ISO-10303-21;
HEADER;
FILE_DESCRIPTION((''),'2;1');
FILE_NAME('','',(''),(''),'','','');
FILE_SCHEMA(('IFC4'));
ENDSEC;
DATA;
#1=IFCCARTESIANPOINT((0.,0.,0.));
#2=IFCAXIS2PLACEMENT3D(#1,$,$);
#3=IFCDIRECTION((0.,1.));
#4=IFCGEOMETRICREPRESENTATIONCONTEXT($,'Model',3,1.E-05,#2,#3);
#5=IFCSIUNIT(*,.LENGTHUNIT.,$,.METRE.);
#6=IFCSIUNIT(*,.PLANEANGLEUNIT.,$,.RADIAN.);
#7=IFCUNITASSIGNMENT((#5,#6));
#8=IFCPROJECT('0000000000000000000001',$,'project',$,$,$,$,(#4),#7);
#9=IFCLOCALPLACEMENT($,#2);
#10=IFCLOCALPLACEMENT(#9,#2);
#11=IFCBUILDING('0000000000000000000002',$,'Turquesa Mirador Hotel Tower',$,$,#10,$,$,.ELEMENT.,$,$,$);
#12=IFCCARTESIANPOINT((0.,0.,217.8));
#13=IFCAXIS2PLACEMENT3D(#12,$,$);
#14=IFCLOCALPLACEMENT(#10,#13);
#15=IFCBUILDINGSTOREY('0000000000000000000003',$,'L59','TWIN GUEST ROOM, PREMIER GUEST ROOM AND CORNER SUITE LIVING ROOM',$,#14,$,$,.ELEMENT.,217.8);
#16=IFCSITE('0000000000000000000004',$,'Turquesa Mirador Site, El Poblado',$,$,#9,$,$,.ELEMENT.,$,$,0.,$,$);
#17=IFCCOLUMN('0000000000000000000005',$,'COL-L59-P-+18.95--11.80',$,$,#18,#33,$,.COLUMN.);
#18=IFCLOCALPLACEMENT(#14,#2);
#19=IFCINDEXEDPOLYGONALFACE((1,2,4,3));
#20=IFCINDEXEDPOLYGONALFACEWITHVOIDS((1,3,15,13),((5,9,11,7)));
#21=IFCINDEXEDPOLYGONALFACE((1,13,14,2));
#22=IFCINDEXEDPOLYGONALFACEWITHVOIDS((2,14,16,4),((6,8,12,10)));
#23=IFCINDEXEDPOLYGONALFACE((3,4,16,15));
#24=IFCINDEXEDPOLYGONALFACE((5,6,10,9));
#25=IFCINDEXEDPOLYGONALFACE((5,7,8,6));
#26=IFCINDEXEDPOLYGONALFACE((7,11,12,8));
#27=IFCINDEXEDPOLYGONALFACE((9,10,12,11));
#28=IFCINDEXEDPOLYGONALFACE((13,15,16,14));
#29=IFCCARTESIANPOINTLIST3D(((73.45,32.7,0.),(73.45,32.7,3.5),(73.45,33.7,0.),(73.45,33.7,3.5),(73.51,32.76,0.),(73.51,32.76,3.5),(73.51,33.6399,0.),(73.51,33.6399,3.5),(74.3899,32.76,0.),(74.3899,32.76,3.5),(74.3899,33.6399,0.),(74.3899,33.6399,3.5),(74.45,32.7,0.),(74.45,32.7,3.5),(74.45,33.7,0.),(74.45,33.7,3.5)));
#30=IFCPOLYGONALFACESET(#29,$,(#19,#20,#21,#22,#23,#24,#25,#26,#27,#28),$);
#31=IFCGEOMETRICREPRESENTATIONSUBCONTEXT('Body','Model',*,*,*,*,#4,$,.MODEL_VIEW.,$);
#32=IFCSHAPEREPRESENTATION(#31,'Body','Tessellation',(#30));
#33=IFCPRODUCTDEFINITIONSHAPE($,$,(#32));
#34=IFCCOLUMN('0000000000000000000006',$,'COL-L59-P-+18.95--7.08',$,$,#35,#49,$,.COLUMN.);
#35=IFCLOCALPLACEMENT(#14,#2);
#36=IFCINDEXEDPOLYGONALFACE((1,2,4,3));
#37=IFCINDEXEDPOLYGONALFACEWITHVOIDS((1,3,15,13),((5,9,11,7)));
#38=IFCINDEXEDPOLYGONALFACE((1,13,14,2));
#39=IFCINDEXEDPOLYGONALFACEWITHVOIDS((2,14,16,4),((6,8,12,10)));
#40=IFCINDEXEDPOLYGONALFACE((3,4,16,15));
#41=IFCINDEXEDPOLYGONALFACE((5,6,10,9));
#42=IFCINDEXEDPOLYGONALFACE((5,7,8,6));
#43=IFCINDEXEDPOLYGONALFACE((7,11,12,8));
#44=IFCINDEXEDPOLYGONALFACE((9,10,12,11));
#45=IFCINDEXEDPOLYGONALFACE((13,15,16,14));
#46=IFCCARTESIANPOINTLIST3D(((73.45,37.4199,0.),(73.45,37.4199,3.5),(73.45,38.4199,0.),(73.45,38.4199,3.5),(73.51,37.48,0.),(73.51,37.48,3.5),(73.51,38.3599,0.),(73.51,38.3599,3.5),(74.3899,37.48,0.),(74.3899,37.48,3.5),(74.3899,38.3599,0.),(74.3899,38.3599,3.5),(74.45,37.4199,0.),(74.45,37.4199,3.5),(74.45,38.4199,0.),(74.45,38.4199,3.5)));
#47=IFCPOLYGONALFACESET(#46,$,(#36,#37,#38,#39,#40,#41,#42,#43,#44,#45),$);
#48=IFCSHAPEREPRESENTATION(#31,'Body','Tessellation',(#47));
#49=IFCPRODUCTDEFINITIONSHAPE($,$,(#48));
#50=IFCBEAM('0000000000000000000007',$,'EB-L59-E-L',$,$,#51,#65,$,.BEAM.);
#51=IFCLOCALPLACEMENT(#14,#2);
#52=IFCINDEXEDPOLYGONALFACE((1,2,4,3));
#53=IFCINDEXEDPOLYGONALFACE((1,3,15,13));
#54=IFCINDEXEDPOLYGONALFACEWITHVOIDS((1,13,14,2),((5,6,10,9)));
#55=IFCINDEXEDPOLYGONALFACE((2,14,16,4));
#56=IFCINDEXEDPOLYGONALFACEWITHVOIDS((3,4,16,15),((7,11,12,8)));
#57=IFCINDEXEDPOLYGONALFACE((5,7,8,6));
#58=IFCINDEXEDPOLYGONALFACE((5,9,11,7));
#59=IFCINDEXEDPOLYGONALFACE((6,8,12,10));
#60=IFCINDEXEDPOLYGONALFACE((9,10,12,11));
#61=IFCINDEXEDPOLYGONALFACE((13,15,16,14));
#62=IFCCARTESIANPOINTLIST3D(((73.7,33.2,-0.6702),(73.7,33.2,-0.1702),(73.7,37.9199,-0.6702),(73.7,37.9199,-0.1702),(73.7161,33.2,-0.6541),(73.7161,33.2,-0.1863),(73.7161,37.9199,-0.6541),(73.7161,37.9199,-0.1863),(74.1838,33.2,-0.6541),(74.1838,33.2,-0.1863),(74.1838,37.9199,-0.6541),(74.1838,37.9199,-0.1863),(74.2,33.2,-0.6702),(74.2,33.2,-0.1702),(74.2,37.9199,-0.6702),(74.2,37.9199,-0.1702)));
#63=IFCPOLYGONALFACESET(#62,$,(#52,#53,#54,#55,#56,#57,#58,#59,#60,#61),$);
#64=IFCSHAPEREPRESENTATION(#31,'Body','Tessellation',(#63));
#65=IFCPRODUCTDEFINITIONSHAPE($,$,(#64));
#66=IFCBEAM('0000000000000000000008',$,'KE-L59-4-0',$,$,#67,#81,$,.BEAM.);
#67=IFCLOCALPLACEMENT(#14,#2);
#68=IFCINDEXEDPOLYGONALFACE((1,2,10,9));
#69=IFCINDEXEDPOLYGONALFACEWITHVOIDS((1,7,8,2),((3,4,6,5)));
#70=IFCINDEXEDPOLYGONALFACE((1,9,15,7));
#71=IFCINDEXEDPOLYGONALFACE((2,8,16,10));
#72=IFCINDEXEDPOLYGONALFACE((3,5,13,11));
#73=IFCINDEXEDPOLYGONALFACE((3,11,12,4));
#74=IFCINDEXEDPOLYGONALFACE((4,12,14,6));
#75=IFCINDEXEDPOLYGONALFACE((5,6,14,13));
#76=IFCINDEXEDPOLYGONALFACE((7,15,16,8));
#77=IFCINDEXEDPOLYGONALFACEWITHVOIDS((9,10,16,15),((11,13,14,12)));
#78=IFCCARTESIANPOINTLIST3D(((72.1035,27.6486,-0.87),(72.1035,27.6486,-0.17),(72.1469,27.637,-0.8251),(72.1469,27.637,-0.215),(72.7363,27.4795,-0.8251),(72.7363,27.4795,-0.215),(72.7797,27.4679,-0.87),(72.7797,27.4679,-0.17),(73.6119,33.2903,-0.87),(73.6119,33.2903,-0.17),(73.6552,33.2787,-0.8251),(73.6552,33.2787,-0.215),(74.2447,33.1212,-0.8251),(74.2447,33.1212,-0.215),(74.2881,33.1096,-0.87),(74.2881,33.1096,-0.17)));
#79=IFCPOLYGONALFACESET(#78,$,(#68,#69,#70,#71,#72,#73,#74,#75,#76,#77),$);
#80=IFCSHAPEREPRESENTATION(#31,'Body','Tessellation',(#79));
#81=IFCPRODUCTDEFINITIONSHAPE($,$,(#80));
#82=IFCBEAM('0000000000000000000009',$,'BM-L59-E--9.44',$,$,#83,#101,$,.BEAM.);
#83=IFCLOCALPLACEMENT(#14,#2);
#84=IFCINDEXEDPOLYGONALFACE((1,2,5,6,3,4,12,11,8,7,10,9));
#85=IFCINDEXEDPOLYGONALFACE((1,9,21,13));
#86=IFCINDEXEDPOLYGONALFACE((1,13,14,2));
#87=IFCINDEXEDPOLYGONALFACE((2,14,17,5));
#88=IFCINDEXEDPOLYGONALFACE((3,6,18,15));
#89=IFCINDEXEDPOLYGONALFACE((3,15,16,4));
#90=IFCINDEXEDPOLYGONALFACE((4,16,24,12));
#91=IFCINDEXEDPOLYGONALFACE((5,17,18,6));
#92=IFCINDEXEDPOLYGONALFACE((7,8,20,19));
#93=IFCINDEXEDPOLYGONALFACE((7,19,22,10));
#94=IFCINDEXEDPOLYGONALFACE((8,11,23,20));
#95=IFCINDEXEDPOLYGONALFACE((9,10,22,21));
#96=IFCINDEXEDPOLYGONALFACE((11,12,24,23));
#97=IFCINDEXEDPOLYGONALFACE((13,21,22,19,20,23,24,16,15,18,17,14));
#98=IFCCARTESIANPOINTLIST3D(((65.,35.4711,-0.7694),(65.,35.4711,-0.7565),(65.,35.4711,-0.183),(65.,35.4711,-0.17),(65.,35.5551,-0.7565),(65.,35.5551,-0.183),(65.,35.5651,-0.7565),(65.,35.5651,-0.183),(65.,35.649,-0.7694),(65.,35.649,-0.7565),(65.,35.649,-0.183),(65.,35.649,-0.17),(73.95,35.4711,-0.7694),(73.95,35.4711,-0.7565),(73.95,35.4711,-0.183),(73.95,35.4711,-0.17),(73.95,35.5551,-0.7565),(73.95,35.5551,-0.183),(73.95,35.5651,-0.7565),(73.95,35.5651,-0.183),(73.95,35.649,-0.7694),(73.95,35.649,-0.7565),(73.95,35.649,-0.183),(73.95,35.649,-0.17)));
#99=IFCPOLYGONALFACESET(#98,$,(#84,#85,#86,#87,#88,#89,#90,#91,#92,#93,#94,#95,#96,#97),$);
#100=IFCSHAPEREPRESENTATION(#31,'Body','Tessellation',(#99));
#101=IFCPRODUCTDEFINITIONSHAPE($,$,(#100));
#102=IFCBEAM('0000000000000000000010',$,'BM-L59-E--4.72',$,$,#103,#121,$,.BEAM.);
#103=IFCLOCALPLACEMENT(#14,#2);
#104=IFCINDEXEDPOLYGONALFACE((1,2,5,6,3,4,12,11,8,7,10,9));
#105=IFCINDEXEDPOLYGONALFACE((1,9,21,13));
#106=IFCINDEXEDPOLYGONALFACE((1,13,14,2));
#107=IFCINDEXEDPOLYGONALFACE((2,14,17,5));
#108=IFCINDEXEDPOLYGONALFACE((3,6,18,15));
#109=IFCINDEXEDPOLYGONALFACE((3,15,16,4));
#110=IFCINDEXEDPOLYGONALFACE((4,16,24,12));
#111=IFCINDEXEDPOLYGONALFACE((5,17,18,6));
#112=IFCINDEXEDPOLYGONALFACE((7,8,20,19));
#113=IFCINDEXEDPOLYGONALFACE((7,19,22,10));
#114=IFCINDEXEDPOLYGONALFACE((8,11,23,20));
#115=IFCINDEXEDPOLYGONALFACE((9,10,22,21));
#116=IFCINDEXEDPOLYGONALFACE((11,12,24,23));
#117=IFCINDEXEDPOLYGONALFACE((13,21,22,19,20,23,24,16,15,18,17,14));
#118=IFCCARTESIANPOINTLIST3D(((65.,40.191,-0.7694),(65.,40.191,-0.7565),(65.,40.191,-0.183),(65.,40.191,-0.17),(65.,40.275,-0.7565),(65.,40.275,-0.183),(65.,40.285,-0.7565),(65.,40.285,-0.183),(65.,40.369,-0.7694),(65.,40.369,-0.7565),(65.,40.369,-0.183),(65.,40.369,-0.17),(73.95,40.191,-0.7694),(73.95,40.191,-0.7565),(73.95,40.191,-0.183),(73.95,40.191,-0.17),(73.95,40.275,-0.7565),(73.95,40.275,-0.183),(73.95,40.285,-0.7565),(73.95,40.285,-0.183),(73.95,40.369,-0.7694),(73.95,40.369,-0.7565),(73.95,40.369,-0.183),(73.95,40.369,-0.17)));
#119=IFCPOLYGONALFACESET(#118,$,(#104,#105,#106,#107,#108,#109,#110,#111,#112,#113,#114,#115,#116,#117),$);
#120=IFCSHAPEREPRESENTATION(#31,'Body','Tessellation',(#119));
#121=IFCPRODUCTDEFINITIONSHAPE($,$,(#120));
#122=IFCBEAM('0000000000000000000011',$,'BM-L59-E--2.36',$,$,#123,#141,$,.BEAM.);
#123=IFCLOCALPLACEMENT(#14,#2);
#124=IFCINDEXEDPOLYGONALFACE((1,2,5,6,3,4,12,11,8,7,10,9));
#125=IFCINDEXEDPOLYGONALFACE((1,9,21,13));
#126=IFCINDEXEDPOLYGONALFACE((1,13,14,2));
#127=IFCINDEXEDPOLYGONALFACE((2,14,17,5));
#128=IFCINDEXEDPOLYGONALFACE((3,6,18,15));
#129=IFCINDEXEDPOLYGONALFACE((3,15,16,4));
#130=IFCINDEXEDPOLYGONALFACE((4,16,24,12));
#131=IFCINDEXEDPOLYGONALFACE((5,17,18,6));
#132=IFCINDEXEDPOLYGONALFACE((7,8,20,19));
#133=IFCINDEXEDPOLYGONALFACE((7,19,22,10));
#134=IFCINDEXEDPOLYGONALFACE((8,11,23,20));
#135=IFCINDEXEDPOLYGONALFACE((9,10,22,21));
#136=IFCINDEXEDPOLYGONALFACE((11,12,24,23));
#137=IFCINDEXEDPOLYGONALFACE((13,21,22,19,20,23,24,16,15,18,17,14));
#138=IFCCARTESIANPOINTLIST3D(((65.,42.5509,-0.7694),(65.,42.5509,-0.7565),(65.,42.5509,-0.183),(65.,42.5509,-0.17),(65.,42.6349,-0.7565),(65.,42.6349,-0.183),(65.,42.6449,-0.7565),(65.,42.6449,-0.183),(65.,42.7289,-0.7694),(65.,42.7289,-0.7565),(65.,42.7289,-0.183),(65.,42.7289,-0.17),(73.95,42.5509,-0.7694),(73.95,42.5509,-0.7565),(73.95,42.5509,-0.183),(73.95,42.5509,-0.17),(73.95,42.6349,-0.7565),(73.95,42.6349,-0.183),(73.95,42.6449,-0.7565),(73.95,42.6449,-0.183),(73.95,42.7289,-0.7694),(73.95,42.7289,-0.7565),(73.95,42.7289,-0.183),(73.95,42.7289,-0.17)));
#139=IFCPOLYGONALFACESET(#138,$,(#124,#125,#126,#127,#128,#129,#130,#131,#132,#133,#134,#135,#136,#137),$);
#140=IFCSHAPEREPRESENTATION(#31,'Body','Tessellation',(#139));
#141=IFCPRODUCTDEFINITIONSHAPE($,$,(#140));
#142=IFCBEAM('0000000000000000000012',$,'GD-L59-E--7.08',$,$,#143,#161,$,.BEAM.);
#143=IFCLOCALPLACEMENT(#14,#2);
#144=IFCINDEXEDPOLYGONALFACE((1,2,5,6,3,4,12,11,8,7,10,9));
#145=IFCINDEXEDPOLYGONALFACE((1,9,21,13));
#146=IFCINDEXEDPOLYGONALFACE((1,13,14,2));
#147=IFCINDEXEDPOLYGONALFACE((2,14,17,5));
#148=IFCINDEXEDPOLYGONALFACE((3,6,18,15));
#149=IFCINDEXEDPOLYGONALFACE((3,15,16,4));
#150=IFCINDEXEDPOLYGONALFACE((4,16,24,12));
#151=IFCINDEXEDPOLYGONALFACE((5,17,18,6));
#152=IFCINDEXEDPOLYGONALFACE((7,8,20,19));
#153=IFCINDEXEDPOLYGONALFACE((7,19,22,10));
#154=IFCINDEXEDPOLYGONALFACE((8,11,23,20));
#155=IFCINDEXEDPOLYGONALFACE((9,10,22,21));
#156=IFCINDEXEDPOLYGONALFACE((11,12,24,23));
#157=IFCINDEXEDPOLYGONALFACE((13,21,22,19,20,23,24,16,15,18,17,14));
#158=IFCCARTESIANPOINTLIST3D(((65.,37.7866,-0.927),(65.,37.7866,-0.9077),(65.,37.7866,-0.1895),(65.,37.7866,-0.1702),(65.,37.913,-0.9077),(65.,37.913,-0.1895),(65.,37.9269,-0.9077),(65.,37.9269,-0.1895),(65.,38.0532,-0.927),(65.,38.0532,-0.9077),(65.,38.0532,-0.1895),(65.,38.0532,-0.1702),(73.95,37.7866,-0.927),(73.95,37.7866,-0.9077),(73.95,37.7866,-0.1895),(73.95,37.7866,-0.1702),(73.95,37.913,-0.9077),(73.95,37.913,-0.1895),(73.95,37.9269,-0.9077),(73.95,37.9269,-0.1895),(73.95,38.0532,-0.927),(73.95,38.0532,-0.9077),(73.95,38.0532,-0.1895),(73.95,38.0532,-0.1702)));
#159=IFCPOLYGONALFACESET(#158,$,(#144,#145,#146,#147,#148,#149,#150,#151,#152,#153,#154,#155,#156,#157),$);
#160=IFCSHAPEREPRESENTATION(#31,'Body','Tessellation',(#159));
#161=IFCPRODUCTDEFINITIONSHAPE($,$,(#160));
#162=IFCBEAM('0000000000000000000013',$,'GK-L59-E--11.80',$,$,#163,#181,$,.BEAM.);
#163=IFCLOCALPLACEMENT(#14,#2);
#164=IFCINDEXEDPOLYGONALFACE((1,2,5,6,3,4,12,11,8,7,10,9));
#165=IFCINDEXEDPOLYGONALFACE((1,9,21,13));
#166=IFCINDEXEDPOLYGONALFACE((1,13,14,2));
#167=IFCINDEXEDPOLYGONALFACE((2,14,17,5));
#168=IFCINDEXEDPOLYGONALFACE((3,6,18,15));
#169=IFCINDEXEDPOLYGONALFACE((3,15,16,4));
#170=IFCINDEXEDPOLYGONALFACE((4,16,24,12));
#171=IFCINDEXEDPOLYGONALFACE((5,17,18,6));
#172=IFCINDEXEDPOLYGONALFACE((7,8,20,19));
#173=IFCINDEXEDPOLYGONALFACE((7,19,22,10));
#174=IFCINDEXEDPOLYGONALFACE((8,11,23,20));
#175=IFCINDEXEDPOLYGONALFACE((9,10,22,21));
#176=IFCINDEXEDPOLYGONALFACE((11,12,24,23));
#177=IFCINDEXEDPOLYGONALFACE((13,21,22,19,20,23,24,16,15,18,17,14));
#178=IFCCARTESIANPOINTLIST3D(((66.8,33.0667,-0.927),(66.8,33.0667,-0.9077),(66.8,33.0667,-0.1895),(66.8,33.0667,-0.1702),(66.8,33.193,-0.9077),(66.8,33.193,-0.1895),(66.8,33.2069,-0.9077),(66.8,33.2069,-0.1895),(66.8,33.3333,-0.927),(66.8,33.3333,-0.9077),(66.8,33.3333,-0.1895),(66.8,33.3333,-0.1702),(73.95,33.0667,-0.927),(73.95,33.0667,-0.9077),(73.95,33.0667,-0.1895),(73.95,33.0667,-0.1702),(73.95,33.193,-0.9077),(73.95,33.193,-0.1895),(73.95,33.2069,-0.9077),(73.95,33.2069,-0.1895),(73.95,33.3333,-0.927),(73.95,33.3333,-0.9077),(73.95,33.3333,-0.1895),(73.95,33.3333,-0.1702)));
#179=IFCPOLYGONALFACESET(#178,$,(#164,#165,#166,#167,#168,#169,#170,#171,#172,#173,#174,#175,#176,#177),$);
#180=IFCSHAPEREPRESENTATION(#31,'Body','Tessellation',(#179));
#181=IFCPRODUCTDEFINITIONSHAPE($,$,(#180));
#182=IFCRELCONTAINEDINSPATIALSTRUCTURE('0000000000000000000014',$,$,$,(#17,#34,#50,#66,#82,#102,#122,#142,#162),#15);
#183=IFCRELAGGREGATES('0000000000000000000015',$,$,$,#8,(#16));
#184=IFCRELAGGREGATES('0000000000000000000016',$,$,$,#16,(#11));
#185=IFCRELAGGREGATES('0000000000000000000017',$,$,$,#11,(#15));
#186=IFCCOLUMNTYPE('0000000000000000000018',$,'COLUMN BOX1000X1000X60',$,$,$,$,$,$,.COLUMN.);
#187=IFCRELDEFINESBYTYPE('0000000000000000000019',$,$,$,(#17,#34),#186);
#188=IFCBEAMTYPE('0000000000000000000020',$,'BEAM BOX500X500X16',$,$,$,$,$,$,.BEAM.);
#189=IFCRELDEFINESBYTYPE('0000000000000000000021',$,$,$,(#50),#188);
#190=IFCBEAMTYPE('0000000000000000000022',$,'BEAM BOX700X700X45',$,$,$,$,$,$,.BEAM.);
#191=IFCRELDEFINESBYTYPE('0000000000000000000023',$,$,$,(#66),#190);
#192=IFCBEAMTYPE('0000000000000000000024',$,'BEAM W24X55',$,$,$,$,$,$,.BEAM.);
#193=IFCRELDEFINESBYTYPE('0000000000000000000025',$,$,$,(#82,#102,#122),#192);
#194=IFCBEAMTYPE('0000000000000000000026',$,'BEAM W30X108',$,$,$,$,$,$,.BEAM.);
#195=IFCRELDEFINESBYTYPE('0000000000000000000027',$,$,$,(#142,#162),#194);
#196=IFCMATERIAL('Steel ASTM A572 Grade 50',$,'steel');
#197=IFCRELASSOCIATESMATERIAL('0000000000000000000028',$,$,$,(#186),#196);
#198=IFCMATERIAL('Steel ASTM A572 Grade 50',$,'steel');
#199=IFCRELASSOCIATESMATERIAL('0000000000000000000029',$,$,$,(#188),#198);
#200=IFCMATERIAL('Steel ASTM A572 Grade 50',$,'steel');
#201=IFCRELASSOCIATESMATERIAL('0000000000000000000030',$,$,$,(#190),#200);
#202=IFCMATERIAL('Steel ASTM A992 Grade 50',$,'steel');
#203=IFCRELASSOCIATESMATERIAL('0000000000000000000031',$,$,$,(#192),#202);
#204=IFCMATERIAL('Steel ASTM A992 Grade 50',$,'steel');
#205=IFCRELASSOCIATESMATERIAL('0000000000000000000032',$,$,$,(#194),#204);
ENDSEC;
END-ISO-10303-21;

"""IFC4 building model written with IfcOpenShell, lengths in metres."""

from ifc_helpers import new_model, si_unit, direction, frame, origin, origin_2d, place, context, subcontext, project, spatial, hollow_rectangle, i_section, extrude, material, material_profile, profile_set, type_object, element, save


model = new_model("IFC4")

# Units and contexts
model_context = context("Model", 3, precision=1e-05, world=origin(), true_north=direction((0.0, 1.0)))
body_context = subcontext(model_context, "Body", "Model", "MODEL_VIEW")
ifc_project = project(units=[si_unit("LENGTHUNIT", "METRE"), si_unit("PLANEANGLEUNIT", "RADIAN")], contexts=[model_context])

# Site, building, storey
site_placement = place(None, origin())
site = spatial("IfcSite", under=ifc_project, at=site_placement, Name="Turquesa Mirador Site, El Poblado", CompositionType="ELEMENT", RefElevation=0.0)
building_placement = place(site_placement, origin())
building = spatial("IfcBuilding", under=site, at=building_placement, Name="Turquesa Mirador Hotel Tower", CompositionType="ELEMENT")
storey_placement = place(building_placement, frame((0.0, 0.0, 217.8)))
storey = spatial("IfcBuildingStorey", under=building, at=storey_placement, Name="L59", Description="TWIN GUEST ROOM, PREMIER GUEST ROOM AND CORNER SUITE LIVING ROOM", CompositionType="ELEMENT", Elevation=217.8)

# Columns
ifc_material_1 = material(Name="Steel ASTM A572 Grade 50", Category="steel")
ifc_material_profile_1 = material_profile(ifc_material_1, hollow_rectangle(XDim=1.0, YDim=1.0, WallThickness=0.0601, at=origin_2d()), Name="BOX1000X1000X60")
ifc_profile_set_1 = profile_set([ifc_material_profile_1], Name="Steel ASTM A572 Grade 50")
column_type = type_object("IfcColumnType", Name="COLUMN BOX1000X1000X60", PredefinedType="COLUMN", material=ifc_profile_set_1)
for number, where, z_axis, x_axis, name in (
    (1, (73.95, 33.2, 0.0), (0.0, 0.0, 1.0), (1.0, 0.0, 0.0), "COL-L59-P-+18.95--11.80"),
    (2, (73.95, 37.9199, 0.0), (0.0, 0.0, 1.0), (1.0, 0.0, 0.0), "COL-L59-P-+18.95--7.08"),
):
    element("IfcColumn", number, at=place(storey_placement, frame(where, z_axis=z_axis, x_axis=x_axis)), inside=storey, type_object=column_type, Name=name, PredefinedType="COLUMN", context=body_context, shape_type="SweptSolid", body=[
        extrude(hollow_rectangle(XDim=1.0, YDim=1.0, WallThickness=0.0601, at=origin_2d()), origin(), (0.0, 0.0, 1.0), 3.5),
    ])

# Beams
ifc_material_2 = material(Name="Steel ASTM A572 Grade 50", Category="steel")
ifc_material_profile_2 = material_profile(ifc_material_2, hollow_rectangle(XDim=0.5, YDim=0.5, WallThickness=0.0161, at=origin_2d()), Name="BOX500X500X16")
ifc_profile_set_2 = profile_set([ifc_material_profile_2], Name="Steel ASTM A572 Grade 50")
beam_type_1 = type_object("IfcBeamType", Name="BEAM BOX500X500X16", PredefinedType="BEAM", material=ifc_profile_set_2)
beam_1_placement = place(storey_placement, frame((73.95, 33.2, -0.4202), z_axis=(0.0, 1.0, 0.0), x_axis=(-1.0, 0.0, 0.0)))
element("IfcBeam", 3, at=beam_1_placement, inside=storey, type_object=beam_type_1, Name="EB-L59-E-L", PredefinedType="BEAM", context=body_context, shape_type="SweptSolid", body=[
    extrude(hollow_rectangle(XDim=0.5, YDim=0.5, WallThickness=0.0161, at=origin_2d()), origin(), (0.0, 0.0, 1.0), 4.72),
])
ifc_material_3 = material(Name="Steel ASTM A572 Grade 50", Category="steel")
ifc_material_profile_3 = material_profile(ifc_material_3, hollow_rectangle(XDim=0.7, YDim=0.7, WallThickness=0.0449, at=origin_2d()), Name="BOX700X700X45")
ifc_profile_set_3 = profile_set([ifc_material_profile_3], Name="Steel ASTM A572 Grade 50")
beam_type_2 = type_object("IfcBeamType", Name="BEAM BOX700X700X45", PredefinedType="BEAM", material=ifc_profile_set_3)
beam_2_placement = place(storey_placement, frame((73.95, 33.2, -0.52), z_axis=(-0.258282, -0.96607, 0.0), x_axis=(0.96607, -0.258282, 0.0)))
element("IfcBeam", 4, at=beam_2_placement, inside=storey, type_object=beam_type_2, Name="KE-L59-4-0", PredefinedType="BEAM", context=body_context, shape_type="SweptSolid", body=[
    extrude(hollow_rectangle(XDim=0.7, YDim=0.7, WallThickness=0.0449, at=origin_2d()), origin(), (0.0, 0.0, 1.0), 5.8398),
])
ifc_material_4 = material(Name="Steel ASTM A992 Grade 50", Category="steel")
ifc_material_profile_4 = material_profile(ifc_material_4, i_section(OverallWidth=0.178, OverallDepth=0.5994, WebThickness=0.01, FlangeThickness=0.0129, at=origin_2d()), Name="W24X55")
ifc_profile_set_4 = profile_set([ifc_material_profile_4], Name="Steel ASTM A992 Grade 50")
beam_type_3 = type_object("IfcBeamType", Name="BEAM W24X55", PredefinedType="BEAM", material=ifc_profile_set_4)
for number, where, z_axis, x_axis, name in (
    (5, (73.95, 35.5601, -0.4697), (-1.0, 0.0, 0.0), (0.0, -1.0, 0.0), "BM-L59-E--9.44"),
    (6, (73.95, 40.28, -0.4697), (-1.0, 0.0, 0.0), (0.0, -1.0, 0.0), "BM-L59-E--4.72"),
    (7, (73.95, 42.6399, -0.4697), (-1.0, 0.0, 0.0), (0.0, -1.0, 0.0), "BM-L59-E--2.36"),
):
    element("IfcBeam", number, at=place(storey_placement, frame(where, z_axis=z_axis, x_axis=x_axis)), inside=storey, type_object=beam_type_3, Name=name, PredefinedType="BEAM", context=body_context, shape_type="SweptSolid", body=[
        extrude(i_section(OverallWidth=0.178, OverallDepth=0.5994, WebThickness=0.01, FlangeThickness=0.0129, at=origin_2d()), origin(), (0.0, 0.0, 1.0), 8.95),
    ])
ifc_material_5 = material(Name="Steel ASTM A992 Grade 50", Category="steel")
ifc_material_profile_5 = material_profile(ifc_material_5, i_section(OverallWidth=0.2666, OverallDepth=0.7568, WebThickness=0.0139, FlangeThickness=0.0193, at=origin_2d()), Name="W30X108")
ifc_profile_set_5 = profile_set([ifc_material_profile_5], Name="Steel ASTM A992 Grade 50")
beam_type_4 = type_object("IfcBeamType", Name="BEAM W30X108", PredefinedType="BEAM", material=ifc_profile_set_5)
beam_3_placement = place(storey_placement, frame((73.95, 37.9199, -0.5486), z_axis=(-1.0, 0.0, 0.0), x_axis=(0.0, -1.0, 0.0)))
element("IfcBeam", 8, at=beam_3_placement, inside=storey, type_object=beam_type_4, Name="GD-L59-E--7.08", PredefinedType="BEAM", context=body_context, shape_type="SweptSolid", body=[
    extrude(i_section(OverallWidth=0.2666, OverallDepth=0.7568, WebThickness=0.0139, FlangeThickness=0.0193, at=origin_2d()), origin(), (0.0, 0.0, 1.0), 8.95),
])
beam_4_placement = place(storey_placement, frame((73.95, 33.2, -0.5486), z_axis=(-1.0, 0.0, 0.0), x_axis=(0.0, -1.0, 0.0)))
element("IfcBeam", 9, at=beam_4_placement, inside=storey, type_object=beam_type_4, Name="GK-L59-E--11.80", PredefinedType="BEAM", context=body_context, shape_type="SweptSolid", body=[
    extrude(i_section(OverallWidth=0.2666, OverallDepth=0.7568, WebThickness=0.0139, FlangeThickness=0.0193, at=origin_2d()), origin(), (0.0, 0.0, 1.0), 7.1499),
])

save(model, "model.ifc")
